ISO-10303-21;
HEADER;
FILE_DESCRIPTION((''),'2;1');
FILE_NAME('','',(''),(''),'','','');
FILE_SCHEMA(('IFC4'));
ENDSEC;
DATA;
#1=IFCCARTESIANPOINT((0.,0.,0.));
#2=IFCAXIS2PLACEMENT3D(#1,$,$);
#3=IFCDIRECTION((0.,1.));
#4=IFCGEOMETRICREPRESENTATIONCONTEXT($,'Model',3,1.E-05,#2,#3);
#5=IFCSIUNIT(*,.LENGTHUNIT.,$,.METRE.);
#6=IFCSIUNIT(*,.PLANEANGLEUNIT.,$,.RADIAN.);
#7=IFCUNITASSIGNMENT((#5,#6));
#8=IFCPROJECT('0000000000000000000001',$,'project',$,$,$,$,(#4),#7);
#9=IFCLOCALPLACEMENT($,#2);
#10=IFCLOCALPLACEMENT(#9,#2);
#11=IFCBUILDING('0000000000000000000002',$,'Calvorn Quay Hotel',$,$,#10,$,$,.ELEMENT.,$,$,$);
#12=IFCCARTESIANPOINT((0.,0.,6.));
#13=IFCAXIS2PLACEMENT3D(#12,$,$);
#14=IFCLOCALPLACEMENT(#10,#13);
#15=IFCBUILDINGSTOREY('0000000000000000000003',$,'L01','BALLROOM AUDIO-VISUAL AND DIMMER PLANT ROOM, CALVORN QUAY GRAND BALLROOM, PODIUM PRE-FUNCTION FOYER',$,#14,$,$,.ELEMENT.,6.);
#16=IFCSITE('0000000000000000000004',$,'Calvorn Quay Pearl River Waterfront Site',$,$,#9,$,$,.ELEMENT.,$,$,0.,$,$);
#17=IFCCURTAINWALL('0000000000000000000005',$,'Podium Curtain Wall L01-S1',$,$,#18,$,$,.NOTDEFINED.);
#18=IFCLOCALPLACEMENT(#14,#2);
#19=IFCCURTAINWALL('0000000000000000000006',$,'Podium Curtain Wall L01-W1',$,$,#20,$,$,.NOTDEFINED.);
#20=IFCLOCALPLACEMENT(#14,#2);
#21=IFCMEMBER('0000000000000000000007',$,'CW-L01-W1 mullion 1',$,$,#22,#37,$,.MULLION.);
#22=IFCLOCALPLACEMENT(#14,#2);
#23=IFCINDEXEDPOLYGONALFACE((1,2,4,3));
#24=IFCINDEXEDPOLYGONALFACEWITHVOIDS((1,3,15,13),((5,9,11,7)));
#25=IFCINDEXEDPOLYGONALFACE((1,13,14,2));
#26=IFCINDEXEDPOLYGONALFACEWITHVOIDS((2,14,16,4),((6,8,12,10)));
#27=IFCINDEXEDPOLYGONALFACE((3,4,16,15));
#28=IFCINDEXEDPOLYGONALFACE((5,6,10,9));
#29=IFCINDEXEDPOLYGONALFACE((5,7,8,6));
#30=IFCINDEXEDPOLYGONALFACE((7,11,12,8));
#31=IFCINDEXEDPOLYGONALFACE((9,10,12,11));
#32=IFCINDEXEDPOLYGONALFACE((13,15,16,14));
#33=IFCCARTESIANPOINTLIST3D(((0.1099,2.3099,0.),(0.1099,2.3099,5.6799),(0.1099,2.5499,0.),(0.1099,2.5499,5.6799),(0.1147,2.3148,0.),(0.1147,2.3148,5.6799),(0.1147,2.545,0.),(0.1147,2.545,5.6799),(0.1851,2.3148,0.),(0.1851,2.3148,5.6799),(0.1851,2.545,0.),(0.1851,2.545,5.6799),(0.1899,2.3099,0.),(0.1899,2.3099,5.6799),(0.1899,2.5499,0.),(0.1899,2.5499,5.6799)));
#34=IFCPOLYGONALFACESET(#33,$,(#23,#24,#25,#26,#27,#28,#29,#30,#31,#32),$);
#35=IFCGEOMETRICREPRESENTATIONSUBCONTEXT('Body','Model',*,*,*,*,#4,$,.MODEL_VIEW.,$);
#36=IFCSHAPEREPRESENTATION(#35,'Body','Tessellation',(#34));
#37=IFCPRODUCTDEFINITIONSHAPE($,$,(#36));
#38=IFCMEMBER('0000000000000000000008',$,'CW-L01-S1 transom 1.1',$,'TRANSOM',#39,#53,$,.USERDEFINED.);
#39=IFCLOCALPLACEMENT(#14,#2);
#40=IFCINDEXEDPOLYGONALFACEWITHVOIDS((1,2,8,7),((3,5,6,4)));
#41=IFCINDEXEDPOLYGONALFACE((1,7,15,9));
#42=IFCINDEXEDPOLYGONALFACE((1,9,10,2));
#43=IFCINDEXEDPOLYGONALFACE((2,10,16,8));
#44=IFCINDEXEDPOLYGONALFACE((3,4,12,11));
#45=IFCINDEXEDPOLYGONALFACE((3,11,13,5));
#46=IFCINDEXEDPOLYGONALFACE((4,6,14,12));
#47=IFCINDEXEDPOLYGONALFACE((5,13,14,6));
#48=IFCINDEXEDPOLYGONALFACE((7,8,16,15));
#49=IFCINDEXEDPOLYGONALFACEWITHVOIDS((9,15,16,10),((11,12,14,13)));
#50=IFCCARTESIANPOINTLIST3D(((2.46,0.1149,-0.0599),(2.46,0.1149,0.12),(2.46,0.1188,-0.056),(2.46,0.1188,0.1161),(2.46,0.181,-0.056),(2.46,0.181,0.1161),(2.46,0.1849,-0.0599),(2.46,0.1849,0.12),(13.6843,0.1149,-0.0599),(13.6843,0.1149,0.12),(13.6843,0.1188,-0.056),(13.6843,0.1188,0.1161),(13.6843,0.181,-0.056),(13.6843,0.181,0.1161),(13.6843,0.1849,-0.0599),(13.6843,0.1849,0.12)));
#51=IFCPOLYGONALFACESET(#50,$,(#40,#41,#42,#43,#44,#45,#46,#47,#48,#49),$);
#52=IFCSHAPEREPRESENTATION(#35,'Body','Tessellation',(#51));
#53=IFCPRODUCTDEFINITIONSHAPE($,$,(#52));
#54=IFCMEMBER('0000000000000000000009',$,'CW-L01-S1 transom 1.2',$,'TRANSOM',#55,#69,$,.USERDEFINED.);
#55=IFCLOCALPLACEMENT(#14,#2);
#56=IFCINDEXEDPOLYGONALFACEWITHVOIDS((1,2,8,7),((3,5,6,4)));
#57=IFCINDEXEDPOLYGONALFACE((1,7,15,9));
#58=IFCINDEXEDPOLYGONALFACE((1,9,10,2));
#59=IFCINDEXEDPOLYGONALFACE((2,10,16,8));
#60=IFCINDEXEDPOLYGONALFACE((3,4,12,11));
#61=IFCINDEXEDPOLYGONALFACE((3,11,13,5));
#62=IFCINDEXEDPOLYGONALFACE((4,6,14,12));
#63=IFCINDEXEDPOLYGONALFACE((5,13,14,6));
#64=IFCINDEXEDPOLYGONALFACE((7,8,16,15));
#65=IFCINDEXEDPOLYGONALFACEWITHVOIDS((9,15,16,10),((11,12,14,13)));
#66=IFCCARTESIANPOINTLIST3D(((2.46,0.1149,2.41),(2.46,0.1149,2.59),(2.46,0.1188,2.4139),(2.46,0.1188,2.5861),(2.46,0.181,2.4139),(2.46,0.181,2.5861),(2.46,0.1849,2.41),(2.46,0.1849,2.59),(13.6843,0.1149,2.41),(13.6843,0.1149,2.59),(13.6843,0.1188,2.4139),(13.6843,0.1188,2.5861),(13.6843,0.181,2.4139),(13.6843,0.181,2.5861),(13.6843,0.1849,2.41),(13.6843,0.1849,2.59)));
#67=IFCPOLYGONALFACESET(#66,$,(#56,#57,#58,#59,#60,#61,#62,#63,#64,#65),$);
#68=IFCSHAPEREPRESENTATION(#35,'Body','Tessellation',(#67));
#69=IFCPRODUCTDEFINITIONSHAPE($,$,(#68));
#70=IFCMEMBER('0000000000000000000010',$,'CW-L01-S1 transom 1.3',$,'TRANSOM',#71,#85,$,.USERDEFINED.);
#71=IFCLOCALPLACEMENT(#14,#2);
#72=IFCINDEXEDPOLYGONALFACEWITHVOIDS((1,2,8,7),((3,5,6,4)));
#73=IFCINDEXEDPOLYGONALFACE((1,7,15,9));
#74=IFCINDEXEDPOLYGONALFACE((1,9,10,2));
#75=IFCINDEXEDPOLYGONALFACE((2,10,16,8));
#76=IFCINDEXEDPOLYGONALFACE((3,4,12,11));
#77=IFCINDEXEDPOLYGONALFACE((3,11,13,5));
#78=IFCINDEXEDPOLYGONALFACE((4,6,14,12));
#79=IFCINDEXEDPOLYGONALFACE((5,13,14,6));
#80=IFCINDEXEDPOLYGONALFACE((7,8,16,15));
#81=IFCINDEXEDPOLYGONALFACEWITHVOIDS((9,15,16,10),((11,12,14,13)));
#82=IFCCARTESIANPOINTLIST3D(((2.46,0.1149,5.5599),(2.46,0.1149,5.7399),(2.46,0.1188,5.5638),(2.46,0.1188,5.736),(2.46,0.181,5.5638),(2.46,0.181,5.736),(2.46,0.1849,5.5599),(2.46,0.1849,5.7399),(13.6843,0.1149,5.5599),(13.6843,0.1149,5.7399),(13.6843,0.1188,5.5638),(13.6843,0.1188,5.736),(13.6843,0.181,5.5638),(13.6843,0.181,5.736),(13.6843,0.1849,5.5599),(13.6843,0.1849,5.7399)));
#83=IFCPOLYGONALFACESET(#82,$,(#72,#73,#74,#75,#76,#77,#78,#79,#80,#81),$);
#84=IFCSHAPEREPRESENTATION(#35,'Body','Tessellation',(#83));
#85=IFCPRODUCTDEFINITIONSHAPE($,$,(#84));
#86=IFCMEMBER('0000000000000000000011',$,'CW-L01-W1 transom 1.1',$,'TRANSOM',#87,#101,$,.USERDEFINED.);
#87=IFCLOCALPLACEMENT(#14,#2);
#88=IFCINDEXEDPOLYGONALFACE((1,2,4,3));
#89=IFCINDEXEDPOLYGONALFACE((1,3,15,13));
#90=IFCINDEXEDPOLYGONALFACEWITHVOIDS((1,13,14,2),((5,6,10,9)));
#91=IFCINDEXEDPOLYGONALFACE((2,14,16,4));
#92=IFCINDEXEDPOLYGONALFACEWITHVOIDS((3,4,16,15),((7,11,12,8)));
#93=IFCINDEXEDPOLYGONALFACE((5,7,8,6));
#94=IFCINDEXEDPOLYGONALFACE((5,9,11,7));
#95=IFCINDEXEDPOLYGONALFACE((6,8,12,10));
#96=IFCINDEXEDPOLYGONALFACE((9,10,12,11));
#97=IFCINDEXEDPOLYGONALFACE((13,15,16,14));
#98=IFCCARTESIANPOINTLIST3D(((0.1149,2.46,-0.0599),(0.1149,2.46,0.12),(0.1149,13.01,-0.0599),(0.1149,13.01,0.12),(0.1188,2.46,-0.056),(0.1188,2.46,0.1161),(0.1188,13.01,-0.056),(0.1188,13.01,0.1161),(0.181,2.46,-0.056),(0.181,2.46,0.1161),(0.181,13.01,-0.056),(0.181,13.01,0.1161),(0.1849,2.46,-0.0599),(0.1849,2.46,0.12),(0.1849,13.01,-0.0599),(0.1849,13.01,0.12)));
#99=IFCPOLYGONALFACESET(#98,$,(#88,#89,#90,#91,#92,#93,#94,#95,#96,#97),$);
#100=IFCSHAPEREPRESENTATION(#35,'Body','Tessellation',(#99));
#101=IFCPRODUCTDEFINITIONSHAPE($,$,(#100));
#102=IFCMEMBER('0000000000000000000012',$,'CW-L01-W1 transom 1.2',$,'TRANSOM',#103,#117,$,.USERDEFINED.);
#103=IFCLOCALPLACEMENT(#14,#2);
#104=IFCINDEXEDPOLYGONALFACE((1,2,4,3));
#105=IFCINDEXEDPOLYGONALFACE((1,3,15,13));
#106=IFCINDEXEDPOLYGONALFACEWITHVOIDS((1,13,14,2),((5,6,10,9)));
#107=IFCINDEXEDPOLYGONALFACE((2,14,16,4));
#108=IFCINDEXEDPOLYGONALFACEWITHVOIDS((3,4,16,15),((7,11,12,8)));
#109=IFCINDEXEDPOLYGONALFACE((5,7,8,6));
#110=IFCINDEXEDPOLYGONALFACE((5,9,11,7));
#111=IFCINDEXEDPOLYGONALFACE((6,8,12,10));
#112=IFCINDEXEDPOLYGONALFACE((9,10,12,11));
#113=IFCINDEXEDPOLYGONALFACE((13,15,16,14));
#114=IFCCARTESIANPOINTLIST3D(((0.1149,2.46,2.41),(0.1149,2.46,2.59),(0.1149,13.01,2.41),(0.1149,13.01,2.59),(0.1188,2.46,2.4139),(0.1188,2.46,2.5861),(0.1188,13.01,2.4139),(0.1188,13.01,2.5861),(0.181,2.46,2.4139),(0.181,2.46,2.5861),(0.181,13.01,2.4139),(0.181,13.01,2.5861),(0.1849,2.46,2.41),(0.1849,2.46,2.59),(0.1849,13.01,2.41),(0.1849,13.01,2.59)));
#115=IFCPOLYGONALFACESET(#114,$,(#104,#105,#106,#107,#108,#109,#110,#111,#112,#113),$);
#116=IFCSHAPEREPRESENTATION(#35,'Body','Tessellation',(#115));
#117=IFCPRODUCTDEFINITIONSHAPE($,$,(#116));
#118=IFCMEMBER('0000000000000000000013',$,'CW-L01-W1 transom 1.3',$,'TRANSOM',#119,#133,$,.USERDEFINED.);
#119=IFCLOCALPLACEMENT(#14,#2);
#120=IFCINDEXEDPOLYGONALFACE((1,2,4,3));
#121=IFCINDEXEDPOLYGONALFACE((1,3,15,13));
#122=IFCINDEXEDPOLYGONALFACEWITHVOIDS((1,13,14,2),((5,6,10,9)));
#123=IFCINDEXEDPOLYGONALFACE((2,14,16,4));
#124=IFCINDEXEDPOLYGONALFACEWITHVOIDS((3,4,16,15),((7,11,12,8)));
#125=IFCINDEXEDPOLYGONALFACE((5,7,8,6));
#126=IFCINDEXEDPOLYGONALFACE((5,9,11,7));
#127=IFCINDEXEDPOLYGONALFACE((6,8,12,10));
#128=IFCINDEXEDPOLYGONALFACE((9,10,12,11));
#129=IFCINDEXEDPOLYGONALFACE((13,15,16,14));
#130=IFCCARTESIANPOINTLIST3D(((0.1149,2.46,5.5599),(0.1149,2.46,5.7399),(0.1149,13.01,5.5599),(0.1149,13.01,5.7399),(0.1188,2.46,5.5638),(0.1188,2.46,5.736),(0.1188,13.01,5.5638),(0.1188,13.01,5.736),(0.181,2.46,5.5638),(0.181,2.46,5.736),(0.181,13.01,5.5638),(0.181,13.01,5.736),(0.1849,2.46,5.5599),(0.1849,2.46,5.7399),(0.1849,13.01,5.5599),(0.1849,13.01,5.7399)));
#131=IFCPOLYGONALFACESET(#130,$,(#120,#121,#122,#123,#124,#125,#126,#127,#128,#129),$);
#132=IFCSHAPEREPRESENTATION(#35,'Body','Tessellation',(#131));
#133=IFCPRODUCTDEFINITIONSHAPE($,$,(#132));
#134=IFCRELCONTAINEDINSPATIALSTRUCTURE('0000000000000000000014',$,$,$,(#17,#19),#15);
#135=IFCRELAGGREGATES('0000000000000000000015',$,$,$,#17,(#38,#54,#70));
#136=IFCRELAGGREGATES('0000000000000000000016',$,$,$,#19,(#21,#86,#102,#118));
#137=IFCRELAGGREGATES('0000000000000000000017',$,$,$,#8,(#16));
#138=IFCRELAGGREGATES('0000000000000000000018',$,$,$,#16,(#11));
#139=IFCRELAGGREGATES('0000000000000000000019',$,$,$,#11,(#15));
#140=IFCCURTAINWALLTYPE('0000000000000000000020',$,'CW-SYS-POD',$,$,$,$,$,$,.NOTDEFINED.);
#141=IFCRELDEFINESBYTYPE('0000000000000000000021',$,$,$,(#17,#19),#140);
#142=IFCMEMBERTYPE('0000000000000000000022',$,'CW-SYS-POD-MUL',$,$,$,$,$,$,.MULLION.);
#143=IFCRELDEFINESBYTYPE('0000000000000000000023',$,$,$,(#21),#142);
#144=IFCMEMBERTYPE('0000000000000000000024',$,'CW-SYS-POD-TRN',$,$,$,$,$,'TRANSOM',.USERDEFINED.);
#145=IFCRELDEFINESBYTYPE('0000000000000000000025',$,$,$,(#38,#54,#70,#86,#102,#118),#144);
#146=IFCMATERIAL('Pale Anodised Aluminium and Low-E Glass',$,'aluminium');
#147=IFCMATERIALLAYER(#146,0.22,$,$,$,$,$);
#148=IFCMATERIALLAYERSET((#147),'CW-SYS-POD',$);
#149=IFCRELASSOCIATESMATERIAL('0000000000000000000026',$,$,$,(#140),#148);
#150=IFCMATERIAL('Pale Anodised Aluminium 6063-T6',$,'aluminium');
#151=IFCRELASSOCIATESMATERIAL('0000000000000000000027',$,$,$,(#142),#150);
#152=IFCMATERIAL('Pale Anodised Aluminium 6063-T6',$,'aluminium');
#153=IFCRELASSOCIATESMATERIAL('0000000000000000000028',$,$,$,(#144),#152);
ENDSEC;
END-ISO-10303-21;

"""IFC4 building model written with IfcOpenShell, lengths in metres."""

from ifc_helpers import new_model, si_unit, direction, frame, origin, origin_2d, place, context, subcontext, project, spatial, hollow_rectangle, extrude, material, layer, layer_set, material_profile, profile_set, type_object, element, aggregate, save


model = new_model("IFC4")

# Units and contexts
model_context = context("Model", 3, precision=1e-05, world=origin(), true_north=direction((0.0, 1.0)))
body_context = subcontext(model_context, "Body", "Model", "MODEL_VIEW")
ifc_project = project(units=[si_unit("LENGTHUNIT", "METRE"), si_unit("PLANEANGLEUNIT", "RADIAN")], contexts=[model_context])

# Site, building, storey
site_placement = place(None, origin())
site = spatial("IfcSite", under=ifc_project, at=site_placement, Name="Calvorn Quay Pearl River Waterfront Site", CompositionType="ELEMENT", RefElevation=0.0)
building_placement = place(site_placement, origin())
building = spatial("IfcBuilding", under=site, at=building_placement, Name="Calvorn Quay Hotel", CompositionType="ELEMENT")
storey_placement = place(building_placement, frame((0.0, 0.0, 6.0)))
storey = spatial("IfcBuildingStorey", under=building, at=storey_placement, Name="L01", Description="BALLROOM AUDIO-VISUAL AND DIMMER PLANT ROOM, CALVORN QUAY GRAND BALLROOM, PODIUM PRE-FUNCTION FOYER", CompositionType="ELEMENT", Elevation=6.0)

# Curtain walls, member
ifc_material_1 = material(Name="Pale Anodised Aluminium and Low-E Glass", Category="aluminium")
ifc_layer_1 = layer(ifc_material_1, 0.22)
ifc_layer_set_1 = layer_set([ifc_layer_1], Name="CW-SYS-POD")
curtain_wall_type = type_object("IfcCurtainWallType", Name="CW-SYS-POD", PredefinedType="NOTDEFINED", material=ifc_layer_set_1)
curtain_wall_1_placement = place(storey_placement, origin())
curtain_wall_1 = element("IfcCurtainWall", 1, at=curtain_wall_1_placement, inside=storey, type_object=curtain_wall_type, Name="Podium Curtain Wall L01-S1", PredefinedType="NOTDEFINED")
ifc_material_2 = material(Name="Pale Anodised Aluminium 6063-T6", Category="aluminium")
ifc_material_profile_1 = material_profile(ifc_material_2, hollow_rectangle(XDim=0.0801, YDim=0.24, WallThickness=0.0049, at=origin_2d()), Name="ALU-M240x80x5")
ifc_profile_set_1 = profile_set([ifc_material_profile_1], Name="Pale Anodised Aluminium 6063-T6")
member_type_1 = type_object("IfcMemberType", Name="CW-SYS-POD-MUL", PredefinedType="MULLION", material=ifc_profile_set_1)
curtain_wall_2_placement = place(storey_placement, origin())
curtain_wall_2 = element("IfcCurtainWall", 2, at=curtain_wall_2_placement, inside=storey, type_object=curtain_wall_type, Name="Podium Curtain Wall L01-W1", PredefinedType="NOTDEFINED")
member_1_placement = place(storey_placement, frame((0.1499, 2.4299, 0.0), z_axis=(0.0, 0.0, 1.0), x_axis=(-1.0, 0.0, 0.0)))
member_1 = element("IfcMember", 3, at=member_1_placement, type_object=member_type_1, Name="CW-L01-W1 mullion 1", PredefinedType="MULLION", context=body_context, shape_type="SweptSolid", body=[
    extrude(hollow_rectangle(XDim=0.0801, YDim=0.24, WallThickness=0.0049, at=origin_2d()), origin(), (0.0, 0.0, 1.0), 5.6799),
])

# Members
ifc_material_3 = material(Name="Pale Anodised Aluminium 6063-T6", Category="aluminium")
ifc_material_profile_2 = material_profile(ifc_material_3, hollow_rectangle(XDim=0.0701, YDim=0.1799, WallThickness=0.0039, at=origin_2d()), Name="ALU-T180x70x4")
ifc_profile_set_2 = profile_set([ifc_material_profile_2], Name="Pale Anodised Aluminium 6063-T6")
member_type_2 = type_object("IfcMemberType", Name="CW-SYS-POD-TRN", ElementType="TRANSOM", PredefinedType="USERDEFINED", material=ifc_profile_set_2)
member_2_placement = place(storey_placement, frame((2.46, 0.1499, 0.03), z_axis=(1.0, 0.0, 0.0), x_axis=(0.0, 1.0, 0.0)))
member_2 = element("IfcMember", 4, at=member_2_placement, type_object=member_type_2, Name="CW-L01-S1 transom 1.1", ObjectType="TRANSOM", PredefinedType="USERDEFINED", context=body_context, shape_type="SweptSolid", body=[
    extrude(hollow_rectangle(XDim=0.0701, YDim=0.1799, WallThickness=0.0039, at=origin_2d()), origin(), (0.0, 0.0, 1.0), 11.2244),
])
member_3_placement = place(storey_placement, frame((2.46, 0.1499, 2.5), z_axis=(1.0, 0.0, 0.0), x_axis=(0.0, 1.0, 0.0)))
member_3 = element("IfcMember", 5, at=member_3_placement, type_object=member_type_2, Name="CW-L01-S1 transom 1.2", ObjectType="TRANSOM", PredefinedType="USERDEFINED", context=body_context, shape_type="SweptSolid", body=[
    extrude(hollow_rectangle(XDim=0.0701, YDim=0.1799, WallThickness=0.0039, at=origin_2d()), origin(), (0.0, 0.0, 1.0), 11.2244),
])
member_4_placement = place(storey_placement, frame((2.46, 0.1499, 5.6499), z_axis=(1.0, 0.0, 0.0), x_axis=(0.0, 1.0, 0.0)))
member_4 = element("IfcMember", 6, at=member_4_placement, type_object=member_type_2, Name="CW-L01-S1 transom 1.3", ObjectType="TRANSOM", PredefinedType="USERDEFINED", context=body_context, shape_type="SweptSolid", body=[
    extrude(hollow_rectangle(XDim=0.0701, YDim=0.1799, WallThickness=0.0039, at=origin_2d()), origin(), (0.0, 0.0, 1.0), 11.2244),
])
aggregate(curtain_wall_1, [member_2, member_3, member_4])
member_5_placement = place(storey_placement, frame((0.1499, 2.46, 0.03), z_axis=(0.0, 1.0, 0.0), x_axis=(-1.0, 0.0, 0.0)))
member_5 = element("IfcMember", 7, at=member_5_placement, type_object=member_type_2, Name="CW-L01-W1 transom 1.1", ObjectType="TRANSOM", PredefinedType="USERDEFINED", context=body_context, shape_type="SweptSolid", body=[
    extrude(hollow_rectangle(XDim=0.0701, YDim=0.1799, WallThickness=0.0039, at=origin_2d()), origin(), (0.0, 0.0, 1.0), 10.55),
])
member_6_placement = place(storey_placement, frame((0.1499, 2.46, 2.5), z_axis=(0.0, 1.0, 0.0), x_axis=(-1.0, 0.0, 0.0)))
member_6 = element("IfcMember", 8, at=member_6_placement, type_object=member_type_2, Name="CW-L01-W1 transom 1.2", ObjectType="TRANSOM", PredefinedType="USERDEFINED", context=body_context, shape_type="SweptSolid", body=[
    extrude(hollow_rectangle(XDim=0.0701, YDim=0.1799, WallThickness=0.0039, at=origin_2d()), origin(), (0.0, 0.0, 1.0), 10.55),
])
member_7_placement = place(storey_placement, frame((0.1499, 2.46, 5.6499), z_axis=(0.0, 1.0, 0.0), x_axis=(-1.0, 0.0, 0.0)))
member_7 = element("IfcMember", 9, at=member_7_placement, type_object=member_type_2, Name="CW-L01-W1 transom 1.3", ObjectType="TRANSOM", PredefinedType="USERDEFINED", context=body_context, shape_type="SweptSolid", body=[
    extrude(hollow_rectangle(XDim=0.0701, YDim=0.1799, WallThickness=0.0039, at=origin_2d()), origin(), (0.0, 0.0, 1.0), 10.55),
])
aggregate(curtain_wall_2, [member_1, member_5, member_6, member_7])

save(model, "model.ifc")
